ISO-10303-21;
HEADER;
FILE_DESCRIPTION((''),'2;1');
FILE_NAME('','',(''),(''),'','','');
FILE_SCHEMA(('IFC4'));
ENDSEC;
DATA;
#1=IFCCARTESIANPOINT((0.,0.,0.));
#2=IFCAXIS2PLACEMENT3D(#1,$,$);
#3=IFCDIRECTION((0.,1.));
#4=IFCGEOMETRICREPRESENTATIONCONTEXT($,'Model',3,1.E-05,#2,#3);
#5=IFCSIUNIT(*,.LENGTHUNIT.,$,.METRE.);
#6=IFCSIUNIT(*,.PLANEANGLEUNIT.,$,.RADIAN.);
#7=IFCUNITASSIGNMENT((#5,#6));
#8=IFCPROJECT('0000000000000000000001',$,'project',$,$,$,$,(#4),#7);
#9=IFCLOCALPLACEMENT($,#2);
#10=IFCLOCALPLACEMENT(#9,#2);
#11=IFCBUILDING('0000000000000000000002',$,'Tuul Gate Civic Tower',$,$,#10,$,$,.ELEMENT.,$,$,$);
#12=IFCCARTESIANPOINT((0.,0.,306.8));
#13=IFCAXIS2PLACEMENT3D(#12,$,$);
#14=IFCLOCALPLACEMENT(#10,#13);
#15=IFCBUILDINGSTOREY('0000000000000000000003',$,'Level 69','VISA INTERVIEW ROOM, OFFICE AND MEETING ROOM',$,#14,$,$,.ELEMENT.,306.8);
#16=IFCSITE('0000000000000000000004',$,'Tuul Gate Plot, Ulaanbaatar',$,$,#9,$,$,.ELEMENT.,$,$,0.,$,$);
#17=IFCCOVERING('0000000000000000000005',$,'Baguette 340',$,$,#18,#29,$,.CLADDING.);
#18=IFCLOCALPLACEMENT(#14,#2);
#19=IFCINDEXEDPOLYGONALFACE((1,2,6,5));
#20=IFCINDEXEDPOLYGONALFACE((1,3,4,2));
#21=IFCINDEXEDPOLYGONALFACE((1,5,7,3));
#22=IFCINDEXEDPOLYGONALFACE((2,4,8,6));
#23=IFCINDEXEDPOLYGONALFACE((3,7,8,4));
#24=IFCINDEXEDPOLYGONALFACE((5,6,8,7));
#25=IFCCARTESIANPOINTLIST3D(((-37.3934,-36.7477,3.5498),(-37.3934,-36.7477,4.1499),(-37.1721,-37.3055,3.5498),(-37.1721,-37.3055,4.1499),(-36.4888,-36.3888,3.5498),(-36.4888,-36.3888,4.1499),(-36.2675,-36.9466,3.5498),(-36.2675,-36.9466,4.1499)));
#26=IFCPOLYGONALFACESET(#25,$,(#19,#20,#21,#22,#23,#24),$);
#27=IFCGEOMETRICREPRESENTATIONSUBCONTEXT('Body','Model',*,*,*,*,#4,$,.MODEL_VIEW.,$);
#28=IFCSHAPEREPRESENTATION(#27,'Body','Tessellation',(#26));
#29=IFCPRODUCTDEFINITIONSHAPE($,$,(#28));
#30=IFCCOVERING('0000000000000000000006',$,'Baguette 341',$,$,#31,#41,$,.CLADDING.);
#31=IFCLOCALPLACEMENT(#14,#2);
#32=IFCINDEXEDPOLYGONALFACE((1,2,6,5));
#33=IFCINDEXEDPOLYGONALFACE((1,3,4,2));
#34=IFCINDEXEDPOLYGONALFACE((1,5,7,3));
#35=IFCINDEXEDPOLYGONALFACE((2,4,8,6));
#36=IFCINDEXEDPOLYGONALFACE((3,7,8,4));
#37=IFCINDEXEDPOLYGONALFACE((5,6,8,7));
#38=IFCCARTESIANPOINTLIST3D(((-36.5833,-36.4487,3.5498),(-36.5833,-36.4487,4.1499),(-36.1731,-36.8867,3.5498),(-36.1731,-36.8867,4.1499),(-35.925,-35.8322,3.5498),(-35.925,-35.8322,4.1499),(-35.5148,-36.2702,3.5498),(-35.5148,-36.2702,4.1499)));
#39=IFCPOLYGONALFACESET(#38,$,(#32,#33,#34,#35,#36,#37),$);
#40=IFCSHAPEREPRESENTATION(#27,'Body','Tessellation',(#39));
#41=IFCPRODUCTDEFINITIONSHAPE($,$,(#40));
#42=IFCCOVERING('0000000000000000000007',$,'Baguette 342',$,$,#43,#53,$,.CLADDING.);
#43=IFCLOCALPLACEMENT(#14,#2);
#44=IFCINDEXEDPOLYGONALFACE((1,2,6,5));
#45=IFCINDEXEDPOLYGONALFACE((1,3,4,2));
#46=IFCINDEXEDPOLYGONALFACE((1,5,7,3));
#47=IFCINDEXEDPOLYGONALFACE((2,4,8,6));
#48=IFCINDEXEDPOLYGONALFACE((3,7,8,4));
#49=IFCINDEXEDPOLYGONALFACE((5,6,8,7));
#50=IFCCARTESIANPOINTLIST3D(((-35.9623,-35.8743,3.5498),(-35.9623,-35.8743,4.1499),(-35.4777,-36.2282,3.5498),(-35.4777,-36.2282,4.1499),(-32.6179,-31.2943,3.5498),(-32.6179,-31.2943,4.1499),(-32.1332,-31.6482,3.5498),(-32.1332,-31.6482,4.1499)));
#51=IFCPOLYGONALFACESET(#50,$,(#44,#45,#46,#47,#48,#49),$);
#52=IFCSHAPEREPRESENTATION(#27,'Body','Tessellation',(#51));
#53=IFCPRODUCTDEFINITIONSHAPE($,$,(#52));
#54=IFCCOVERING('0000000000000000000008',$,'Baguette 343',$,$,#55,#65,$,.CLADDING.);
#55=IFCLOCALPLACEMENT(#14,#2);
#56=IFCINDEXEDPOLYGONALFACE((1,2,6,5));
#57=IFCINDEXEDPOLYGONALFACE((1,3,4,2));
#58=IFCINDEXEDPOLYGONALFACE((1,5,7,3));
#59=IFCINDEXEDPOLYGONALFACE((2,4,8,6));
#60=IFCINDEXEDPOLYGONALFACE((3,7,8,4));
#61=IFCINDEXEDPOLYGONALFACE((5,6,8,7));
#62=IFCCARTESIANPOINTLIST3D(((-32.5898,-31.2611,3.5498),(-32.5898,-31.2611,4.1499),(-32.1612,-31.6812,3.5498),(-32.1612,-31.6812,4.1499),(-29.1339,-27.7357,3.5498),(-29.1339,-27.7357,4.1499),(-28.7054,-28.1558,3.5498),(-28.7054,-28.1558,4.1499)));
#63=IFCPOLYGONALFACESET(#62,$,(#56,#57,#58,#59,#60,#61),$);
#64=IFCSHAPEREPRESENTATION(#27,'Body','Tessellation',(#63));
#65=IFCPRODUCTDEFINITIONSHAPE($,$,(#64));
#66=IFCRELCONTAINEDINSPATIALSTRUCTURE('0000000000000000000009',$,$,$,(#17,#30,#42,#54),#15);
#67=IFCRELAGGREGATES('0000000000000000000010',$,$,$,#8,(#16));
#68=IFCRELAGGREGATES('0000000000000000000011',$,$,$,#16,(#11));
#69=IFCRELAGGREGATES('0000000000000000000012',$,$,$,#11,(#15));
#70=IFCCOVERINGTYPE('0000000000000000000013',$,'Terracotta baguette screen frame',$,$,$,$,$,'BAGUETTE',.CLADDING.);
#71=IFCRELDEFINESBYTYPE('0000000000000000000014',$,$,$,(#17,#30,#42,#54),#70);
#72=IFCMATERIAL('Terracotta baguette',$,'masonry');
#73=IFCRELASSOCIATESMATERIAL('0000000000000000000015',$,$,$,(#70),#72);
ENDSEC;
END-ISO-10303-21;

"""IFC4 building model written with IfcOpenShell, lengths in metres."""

from ifc_helpers import new_model, si_unit, direction, frame, origin, origin_2d, place, context, subcontext, project, spatial, rectangle, extrude, material, material_profile, profile_set, type_object, element, save


model = new_model("IFC4")

# Units and contexts
model_context = context("Model", 3, precision=1e-05, world=origin(), true_north=direction((0.0, 1.0)))
body_context = subcontext(model_context, "Body", "Model", "MODEL_VIEW")
ifc_project = project(units=[si_unit("LENGTHUNIT", "METRE"), si_unit("PLANEANGLEUNIT", "RADIAN")], contexts=[model_context])

# Site, building, storey
site_placement = place(None, origin())
site = spatial("IfcSite", under=ifc_project, at=site_placement, Name="Tuul Gate Plot, Ulaanbaatar", CompositionType="ELEMENT", RefElevation=0.0)
building_placement = place(site_placement, origin())
building = spatial("IfcBuilding", under=site, at=building_placement, Name="Tuul Gate Civic Tower", CompositionType="ELEMENT")
storey_placement = place(building_placement, frame((0.0, 0.0, 306.8)))
storey = spatial("IfcBuildingStorey", under=building, at=storey_placement, Name="Level 69", Description="VISA INTERVIEW ROOM, OFFICE AND MEETING ROOM", CompositionType="ELEMENT", Elevation=306.8)

# Coverings
ifc_material_1 = material(Name="Terracotta baguette", Category="masonry")
ifc_material_profile_1 = material_profile(ifc_material_1, rectangle(XDim=0.6001, YDim=0.6001, at=origin_2d()), Name="Terracotta baguette screen frame")
ifc_profile_set_1 = profile_set([ifc_material_profile_1], Name="Terracotta baguette")
covering_type = type_object("IfcCoveringType", Name="Terracotta baguette screen frame", ElementType="BAGUETTE", PredefinedType="CLADDING", material=ifc_profile_set_1)
covering_1_placement = place(storey_placement, frame((-37.2827, -37.0266, 3.8499), z_axis=(0.929511, 0.368794, 0.0), x_axis=(-0.368794, 0.929511, 0.0)))
element("IfcCovering", 1, at=covering_1_placement, inside=storey, type_object=covering_type, Name="Baguette 340", PredefinedType="CLADDING", context=body_context, shape_type="SweptSolid", body=[
    extrude(rectangle(XDim=0.6001, YDim=0.6001, at=origin_2d()), origin(), (0.0, 0.0, 1.0), 0.9731),
])
covering_2_placement = place(storey_placement, frame((-36.3782, -36.6677, 3.8499), z_axis=(0.729875, 0.683581, 0.0), x_axis=(-0.683581, 0.729875, 0.0)))
element("IfcCovering", 2, at=covering_2_placement, inside=storey, type_object=covering_type, Name="Baguette 341", PredefinedType="CLADDING", context=body_context, shape_type="SweptSolid", body=[
    extrude(rectangle(XDim=0.6001, YDim=0.6001, at=origin_2d()), origin(), (0.0, 0.0, 1.0), 0.9019),
])
covering_3_placement = place(storey_placement, frame((-35.72, -36.0513, 3.8499), z_axis=(0.589729, 0.807601, 0.0), x_axis=(-0.807601, 0.589729, 0.0)))
element("IfcCovering", 3, at=covering_3_placement, inside=storey, type_object=covering_type, Name="Baguette 342", PredefinedType="CLADDING", context=body_context, shape_type="SweptSolid", body=[
    extrude(rectangle(XDim=0.6001, YDim=0.6001, at=origin_2d()), origin(), (0.0, 0.0, 1.0), 5.6711),
])
covering_4_placement = place(storey_placement, frame((-32.3755, -31.4712, 3.8499), z_axis=(0.700024, 0.714119, 0.0), x_axis=(-0.714119, 0.700024, 0.0)))
element("IfcCovering", 4, at=covering_4_placement, inside=storey, type_object=covering_type, Name="Baguette 343", PredefinedType="CLADDING", context=body_context, shape_type="SweptSolid", body=[
    extrude(rectangle(XDim=0.6001, YDim=0.6001, at=origin_2d()), origin(), (0.0, 0.0, 1.0), 4.9368),
])

save(model, "model.ifc")
